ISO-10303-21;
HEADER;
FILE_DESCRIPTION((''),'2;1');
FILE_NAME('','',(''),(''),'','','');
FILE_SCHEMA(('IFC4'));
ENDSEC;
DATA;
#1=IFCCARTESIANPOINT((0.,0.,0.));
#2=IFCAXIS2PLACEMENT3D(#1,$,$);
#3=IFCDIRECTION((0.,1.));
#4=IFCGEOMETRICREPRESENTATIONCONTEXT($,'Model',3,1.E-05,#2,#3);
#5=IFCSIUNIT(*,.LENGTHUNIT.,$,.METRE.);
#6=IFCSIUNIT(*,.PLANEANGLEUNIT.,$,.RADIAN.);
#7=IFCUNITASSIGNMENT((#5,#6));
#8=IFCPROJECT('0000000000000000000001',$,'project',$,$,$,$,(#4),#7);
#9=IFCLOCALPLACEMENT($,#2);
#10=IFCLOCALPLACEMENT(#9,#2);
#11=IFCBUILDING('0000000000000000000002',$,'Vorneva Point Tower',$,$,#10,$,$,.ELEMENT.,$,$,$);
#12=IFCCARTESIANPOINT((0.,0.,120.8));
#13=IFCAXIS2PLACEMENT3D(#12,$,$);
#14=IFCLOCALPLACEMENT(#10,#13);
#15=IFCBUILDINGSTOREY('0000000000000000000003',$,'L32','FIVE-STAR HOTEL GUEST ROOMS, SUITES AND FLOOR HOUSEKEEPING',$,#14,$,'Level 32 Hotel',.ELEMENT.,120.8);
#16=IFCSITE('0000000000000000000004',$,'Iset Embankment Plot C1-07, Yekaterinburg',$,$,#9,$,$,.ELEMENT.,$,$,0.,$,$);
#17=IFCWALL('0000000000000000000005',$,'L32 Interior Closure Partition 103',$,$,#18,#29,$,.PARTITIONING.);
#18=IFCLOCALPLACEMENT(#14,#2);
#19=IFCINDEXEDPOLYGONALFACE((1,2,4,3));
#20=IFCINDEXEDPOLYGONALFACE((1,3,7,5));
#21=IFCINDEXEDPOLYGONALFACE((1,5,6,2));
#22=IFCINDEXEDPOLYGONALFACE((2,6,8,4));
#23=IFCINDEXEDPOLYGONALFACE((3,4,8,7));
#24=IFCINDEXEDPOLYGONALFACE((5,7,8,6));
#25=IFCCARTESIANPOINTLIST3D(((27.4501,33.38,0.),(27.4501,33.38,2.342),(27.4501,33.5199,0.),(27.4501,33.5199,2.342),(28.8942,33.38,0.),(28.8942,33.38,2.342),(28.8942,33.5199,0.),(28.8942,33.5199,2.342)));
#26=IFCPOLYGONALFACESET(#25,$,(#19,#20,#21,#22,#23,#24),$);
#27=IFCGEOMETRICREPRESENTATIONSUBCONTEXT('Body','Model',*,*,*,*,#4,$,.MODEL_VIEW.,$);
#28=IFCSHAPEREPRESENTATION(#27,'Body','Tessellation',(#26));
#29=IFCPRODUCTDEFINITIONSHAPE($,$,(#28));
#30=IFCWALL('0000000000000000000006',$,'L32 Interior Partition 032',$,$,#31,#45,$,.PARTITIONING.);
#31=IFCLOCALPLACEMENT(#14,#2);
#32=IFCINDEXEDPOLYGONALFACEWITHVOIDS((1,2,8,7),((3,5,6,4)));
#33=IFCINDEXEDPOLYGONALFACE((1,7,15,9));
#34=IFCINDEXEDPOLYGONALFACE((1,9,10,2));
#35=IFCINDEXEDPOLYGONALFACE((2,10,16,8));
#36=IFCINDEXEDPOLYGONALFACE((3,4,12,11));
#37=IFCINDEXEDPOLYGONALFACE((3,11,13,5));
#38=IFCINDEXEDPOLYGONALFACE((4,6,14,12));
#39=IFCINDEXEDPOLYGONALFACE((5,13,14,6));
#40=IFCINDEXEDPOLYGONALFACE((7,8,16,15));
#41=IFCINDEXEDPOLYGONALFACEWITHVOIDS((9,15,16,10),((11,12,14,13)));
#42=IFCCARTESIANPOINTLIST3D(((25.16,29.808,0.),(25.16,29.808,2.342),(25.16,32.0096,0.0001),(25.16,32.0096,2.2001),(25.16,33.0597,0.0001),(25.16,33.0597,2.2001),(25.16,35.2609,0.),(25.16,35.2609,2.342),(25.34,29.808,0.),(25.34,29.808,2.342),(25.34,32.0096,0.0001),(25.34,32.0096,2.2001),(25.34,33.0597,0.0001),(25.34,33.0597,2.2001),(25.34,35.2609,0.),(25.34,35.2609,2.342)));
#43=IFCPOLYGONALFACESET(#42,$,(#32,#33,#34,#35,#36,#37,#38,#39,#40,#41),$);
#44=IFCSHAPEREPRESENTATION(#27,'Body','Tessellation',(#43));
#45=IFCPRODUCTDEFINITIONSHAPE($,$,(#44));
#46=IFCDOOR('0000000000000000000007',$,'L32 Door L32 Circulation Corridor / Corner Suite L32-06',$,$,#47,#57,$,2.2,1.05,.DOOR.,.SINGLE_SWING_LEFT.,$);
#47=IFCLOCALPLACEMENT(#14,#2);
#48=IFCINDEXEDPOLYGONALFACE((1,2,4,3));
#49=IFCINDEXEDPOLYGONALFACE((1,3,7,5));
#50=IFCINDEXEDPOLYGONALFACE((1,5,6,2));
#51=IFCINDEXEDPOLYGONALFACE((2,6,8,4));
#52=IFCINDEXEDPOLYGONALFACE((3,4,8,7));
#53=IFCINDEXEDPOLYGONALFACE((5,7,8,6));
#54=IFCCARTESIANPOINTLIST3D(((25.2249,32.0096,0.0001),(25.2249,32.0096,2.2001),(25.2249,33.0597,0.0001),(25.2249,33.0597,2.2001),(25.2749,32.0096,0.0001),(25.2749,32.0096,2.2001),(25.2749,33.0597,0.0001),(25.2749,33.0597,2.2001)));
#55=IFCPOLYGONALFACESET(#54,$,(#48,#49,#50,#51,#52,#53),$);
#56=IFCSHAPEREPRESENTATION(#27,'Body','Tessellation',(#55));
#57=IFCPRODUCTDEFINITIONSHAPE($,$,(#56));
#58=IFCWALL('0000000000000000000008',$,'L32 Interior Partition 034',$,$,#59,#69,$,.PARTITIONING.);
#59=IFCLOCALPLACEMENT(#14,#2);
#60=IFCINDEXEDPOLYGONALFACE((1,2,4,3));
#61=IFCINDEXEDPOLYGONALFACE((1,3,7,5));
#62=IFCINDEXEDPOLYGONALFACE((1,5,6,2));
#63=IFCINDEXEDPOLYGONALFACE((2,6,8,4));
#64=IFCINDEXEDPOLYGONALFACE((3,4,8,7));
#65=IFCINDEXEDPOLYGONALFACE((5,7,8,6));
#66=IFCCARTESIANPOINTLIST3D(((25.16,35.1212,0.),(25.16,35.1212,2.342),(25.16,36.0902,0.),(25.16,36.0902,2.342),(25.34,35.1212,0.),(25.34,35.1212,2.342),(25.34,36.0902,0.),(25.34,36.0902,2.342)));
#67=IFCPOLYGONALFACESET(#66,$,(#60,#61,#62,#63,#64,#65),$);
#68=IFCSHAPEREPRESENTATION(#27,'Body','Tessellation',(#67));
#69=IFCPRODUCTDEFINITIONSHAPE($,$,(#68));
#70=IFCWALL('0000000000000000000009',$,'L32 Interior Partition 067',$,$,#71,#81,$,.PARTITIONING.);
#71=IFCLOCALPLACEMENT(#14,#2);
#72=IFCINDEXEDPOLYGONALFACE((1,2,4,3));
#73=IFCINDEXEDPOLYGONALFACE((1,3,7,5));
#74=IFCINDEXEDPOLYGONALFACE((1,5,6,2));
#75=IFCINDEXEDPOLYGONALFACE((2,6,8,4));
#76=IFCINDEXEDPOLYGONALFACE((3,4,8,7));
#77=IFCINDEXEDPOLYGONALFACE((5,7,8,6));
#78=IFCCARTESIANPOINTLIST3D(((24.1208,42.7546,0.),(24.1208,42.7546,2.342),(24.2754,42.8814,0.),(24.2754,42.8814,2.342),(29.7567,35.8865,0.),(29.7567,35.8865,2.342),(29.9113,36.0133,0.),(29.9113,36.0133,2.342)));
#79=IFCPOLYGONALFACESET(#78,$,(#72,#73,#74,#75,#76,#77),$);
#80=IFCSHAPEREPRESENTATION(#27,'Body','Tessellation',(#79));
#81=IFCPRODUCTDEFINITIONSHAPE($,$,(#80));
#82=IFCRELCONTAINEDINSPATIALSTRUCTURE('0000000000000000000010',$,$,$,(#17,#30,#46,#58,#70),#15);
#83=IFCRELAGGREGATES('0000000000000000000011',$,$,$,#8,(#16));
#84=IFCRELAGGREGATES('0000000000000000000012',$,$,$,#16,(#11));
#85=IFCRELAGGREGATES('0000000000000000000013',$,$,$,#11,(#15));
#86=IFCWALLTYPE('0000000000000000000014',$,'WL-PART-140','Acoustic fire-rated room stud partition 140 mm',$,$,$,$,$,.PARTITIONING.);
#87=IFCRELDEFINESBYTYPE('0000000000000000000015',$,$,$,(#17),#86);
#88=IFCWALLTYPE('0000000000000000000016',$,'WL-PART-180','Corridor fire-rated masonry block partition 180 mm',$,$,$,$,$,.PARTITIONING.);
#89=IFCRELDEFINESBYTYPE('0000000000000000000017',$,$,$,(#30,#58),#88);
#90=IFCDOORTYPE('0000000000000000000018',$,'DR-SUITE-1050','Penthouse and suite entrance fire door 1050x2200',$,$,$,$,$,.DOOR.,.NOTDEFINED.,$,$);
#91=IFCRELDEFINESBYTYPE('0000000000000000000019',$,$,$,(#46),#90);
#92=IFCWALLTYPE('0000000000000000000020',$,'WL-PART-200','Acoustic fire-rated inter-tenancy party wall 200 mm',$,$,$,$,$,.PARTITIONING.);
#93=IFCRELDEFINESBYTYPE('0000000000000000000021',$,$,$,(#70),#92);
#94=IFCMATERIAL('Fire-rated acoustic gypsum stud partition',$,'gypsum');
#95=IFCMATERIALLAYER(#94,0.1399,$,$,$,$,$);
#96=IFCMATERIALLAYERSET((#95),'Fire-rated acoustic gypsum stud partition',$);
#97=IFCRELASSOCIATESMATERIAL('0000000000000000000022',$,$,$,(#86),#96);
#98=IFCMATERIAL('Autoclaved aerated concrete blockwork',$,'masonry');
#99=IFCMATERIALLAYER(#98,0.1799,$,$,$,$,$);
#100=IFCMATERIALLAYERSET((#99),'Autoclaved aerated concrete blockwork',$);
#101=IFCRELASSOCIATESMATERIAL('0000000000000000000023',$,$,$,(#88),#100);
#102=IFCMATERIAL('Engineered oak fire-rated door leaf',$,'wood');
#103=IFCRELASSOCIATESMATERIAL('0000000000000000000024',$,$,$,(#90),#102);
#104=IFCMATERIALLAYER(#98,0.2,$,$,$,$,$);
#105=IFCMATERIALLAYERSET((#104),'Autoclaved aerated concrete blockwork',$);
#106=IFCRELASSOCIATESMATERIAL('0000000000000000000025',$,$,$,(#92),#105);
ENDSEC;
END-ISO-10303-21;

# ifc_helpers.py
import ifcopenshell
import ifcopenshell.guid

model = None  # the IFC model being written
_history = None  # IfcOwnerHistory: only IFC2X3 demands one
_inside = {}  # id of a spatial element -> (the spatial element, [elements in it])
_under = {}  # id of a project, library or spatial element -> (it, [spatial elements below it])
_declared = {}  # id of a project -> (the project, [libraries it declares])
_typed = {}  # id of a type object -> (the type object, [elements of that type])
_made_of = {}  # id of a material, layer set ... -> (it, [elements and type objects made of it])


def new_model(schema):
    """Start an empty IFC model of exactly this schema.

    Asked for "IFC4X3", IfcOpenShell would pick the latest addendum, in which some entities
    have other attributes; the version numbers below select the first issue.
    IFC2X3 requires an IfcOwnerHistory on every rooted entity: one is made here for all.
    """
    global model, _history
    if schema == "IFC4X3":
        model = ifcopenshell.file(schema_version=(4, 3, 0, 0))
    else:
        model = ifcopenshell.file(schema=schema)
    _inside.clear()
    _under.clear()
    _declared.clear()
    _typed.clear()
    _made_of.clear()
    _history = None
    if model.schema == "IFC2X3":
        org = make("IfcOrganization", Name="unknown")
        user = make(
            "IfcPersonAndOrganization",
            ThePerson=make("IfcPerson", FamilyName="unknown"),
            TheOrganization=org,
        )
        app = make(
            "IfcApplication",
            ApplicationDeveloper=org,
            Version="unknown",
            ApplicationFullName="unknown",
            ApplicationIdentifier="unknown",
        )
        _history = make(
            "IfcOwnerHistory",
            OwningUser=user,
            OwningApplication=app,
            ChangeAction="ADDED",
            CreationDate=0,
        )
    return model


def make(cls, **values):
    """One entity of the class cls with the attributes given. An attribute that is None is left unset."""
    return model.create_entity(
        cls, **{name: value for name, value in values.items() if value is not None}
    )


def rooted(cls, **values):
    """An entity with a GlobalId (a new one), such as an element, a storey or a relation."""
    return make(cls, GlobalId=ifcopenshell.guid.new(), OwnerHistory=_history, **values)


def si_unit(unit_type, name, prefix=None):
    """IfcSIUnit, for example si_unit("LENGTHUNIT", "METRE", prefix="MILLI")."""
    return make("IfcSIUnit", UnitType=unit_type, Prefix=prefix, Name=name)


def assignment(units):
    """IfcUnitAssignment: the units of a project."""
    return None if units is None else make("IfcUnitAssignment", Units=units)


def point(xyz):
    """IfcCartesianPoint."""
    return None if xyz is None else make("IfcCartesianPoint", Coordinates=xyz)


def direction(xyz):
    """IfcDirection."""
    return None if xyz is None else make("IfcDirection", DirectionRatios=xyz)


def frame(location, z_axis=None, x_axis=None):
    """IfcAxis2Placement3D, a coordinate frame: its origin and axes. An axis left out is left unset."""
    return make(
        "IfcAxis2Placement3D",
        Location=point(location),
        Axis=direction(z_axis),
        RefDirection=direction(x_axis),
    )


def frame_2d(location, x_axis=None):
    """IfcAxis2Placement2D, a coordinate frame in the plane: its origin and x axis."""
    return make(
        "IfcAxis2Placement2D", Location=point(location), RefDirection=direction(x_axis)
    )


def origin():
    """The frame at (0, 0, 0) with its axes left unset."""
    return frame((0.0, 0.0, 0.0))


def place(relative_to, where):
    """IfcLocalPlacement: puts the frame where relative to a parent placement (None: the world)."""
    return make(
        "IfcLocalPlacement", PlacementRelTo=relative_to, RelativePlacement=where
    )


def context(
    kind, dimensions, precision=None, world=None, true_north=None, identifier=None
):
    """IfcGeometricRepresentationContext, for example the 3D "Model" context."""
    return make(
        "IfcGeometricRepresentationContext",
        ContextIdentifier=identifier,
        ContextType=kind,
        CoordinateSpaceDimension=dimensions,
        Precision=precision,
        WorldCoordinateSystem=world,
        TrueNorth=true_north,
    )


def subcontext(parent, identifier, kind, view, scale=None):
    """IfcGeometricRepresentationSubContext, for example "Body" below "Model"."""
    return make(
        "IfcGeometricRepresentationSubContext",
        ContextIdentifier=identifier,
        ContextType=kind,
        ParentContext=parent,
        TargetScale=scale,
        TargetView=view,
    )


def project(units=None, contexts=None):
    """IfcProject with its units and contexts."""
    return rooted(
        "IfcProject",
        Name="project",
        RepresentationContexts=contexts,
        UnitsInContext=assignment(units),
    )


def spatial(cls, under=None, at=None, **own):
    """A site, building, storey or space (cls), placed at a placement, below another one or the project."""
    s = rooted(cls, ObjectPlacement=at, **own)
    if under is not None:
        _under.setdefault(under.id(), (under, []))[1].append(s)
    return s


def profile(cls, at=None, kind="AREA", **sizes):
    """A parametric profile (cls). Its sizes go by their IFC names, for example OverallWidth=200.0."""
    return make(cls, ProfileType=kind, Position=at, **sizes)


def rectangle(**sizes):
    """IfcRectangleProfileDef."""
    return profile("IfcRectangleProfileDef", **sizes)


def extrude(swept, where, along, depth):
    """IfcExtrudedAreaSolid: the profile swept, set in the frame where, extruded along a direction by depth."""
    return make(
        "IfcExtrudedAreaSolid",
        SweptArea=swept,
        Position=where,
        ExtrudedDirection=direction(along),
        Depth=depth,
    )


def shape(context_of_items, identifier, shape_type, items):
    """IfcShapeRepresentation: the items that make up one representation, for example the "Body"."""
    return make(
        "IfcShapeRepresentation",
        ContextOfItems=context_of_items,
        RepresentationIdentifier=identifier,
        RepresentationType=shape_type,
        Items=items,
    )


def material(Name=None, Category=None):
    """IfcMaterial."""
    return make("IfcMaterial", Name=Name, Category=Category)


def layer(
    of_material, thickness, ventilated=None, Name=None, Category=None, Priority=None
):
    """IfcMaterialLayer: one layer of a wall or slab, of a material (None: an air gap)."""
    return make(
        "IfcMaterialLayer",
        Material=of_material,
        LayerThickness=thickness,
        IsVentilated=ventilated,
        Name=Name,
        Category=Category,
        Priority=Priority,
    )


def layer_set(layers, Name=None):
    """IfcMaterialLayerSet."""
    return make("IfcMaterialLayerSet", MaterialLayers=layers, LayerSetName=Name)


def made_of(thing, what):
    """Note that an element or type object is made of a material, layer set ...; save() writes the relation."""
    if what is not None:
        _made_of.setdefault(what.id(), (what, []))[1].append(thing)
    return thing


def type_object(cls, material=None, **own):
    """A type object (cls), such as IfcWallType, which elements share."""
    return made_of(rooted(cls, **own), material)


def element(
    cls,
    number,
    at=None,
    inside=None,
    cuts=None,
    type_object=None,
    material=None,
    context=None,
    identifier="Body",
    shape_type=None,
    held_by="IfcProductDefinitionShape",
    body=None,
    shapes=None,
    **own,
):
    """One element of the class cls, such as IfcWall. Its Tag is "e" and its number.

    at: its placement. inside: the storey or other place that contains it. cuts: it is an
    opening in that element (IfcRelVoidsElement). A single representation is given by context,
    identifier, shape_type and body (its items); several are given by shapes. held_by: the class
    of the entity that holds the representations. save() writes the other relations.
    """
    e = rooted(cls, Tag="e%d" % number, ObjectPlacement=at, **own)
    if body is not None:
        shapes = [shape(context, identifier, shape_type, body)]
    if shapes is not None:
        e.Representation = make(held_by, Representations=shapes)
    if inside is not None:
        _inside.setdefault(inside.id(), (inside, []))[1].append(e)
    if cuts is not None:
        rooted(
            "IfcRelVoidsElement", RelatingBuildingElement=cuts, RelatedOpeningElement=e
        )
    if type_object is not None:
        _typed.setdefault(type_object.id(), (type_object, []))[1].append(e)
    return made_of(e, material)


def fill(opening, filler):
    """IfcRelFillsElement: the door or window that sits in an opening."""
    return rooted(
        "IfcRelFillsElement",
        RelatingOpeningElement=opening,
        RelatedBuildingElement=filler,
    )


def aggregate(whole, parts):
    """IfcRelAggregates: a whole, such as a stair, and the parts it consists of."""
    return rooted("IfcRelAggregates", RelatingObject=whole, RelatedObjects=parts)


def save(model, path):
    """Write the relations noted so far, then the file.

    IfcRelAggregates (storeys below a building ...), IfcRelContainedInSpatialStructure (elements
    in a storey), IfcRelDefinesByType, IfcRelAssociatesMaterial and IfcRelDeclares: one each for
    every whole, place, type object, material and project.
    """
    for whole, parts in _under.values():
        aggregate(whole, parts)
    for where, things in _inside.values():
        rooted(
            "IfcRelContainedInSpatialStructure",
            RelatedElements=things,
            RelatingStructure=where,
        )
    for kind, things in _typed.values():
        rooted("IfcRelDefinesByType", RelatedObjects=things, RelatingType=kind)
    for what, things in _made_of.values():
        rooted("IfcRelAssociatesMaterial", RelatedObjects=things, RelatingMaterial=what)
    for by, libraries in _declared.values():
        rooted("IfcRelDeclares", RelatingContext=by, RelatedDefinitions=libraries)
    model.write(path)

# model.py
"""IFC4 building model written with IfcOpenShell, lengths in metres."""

from ifc_helpers import new_model, si_unit, direction, frame, frame_2d, origin, place, context, subcontext, project, spatial, rectangle, extrude, material, layer, layer_set, type_object, element, fill, save


model = new_model("IFC4")

# Units and contexts
model_context = context("Model", 3, precision=1e-05, world=origin(), true_north=direction((0.0, 1.0)))
body_context = subcontext(model_context, "Body", "Model", "MODEL_VIEW")
ifc_project = project(units=[si_unit("LENGTHUNIT", "METRE"), si_unit("PLANEANGLEUNIT", "RADIAN")], contexts=[model_context])

# Site, building, storey
site_placement = place(None, origin())
site = spatial("IfcSite", under=ifc_project, at=site_placement, Name="Iset Embankment Plot C1-07, Yekaterinburg", CompositionType="ELEMENT", RefElevation=0.0)
building_placement = place(site_placement, origin())
building = spatial("IfcBuilding", under=site, at=building_placement, Name="Vorneva Point Tower", CompositionType="ELEMENT")
storey_placement = place(building_placement, frame((0.0, 0.0, 120.8)))
storey = spatial("IfcBuildingStorey", under=building, at=storey_placement, Name="L32", Description="FIVE-STAR HOTEL GUEST ROOMS, SUITES AND FLOOR HOUSEKEEPING", LongName="Level 32 Hotel", CompositionType="ELEMENT", Elevation=120.8)

# Shared definitions
ifc_material_1 = material(Name="Fire-rated acoustic gypsum stud partition", Category="gypsum")
ifc_material_2 = material(Name="Engineered oak fire-rated door leaf", Category="wood")

# Wall
ifc_layer_1 = layer(ifc_material_1, 0.1399)
ifc_layer_set_1 = layer_set([ifc_layer_1], Name="Fire-rated acoustic gypsum stud partition")
wall_type_1 = type_object("IfcWallType", Name="WL-PART-140", Description="Acoustic fire-rated room stud partition 140 mm", PredefinedType="PARTITIONING", material=ifc_layer_set_1)
wall_1_placement = place(storey_placement, frame((27.45, 33.45, 0.0), z_axis=(0.0, 0.0, 1.0), x_axis=(1.0, 0.0, 0.0)))
element("IfcWall", 1, at=wall_1_placement, inside=storey, type_object=wall_type_1, Name="L32 Interior Closure Partition 103", PredefinedType="PARTITIONING", context=body_context, shape_type="SweptSolid", body=[
    extrude(rectangle(XDim=1.4441, YDim=0.1399, at=frame_2d((0.7222, 0.0))), origin(), (0.0, 0.0, 1.0), 2.342),
])

# Wall, opening, door
ifc_material_3 = material(Name="Autoclaved aerated concrete blockwork", Category="masonry")
ifc_layer_2 = layer(ifc_material_3, 0.1799)
ifc_layer_set_2 = layer_set([ifc_layer_2], Name="Autoclaved aerated concrete blockwork")
wall_type_2 = type_object("IfcWallType", Name="WL-PART-180", Description="Corridor fire-rated masonry block partition 180 mm", PredefinedType="PARTITIONING", material=ifc_layer_set_2)
wall_2_placement = place(storey_placement, frame((25.25, 35.261, 0.0), z_axis=(0.0, 0.0, 1.0), x_axis=(0.0, -1.0, 0.0)))
wall_2 = element("IfcWall", 2, at=wall_2_placement, inside=storey, type_object=wall_type_2, Name="L32 Interior Partition 032", PredefinedType="PARTITIONING", context=body_context, shape_type="SweptSolid", body=[
    extrude(rectangle(XDim=5.4529, YDim=0.1799, at=frame_2d((2.7266, 0.0))), origin(), (0.0, 0.0, 1.0), 2.342),
])
opening_1_placement = place(wall_2_placement, frame((2.2014, 0.0, 0.0)))
opening_1 = element("IfcOpeningElement", 3, at=opening_1_placement, cuts=wall_2, PredefinedType="OPENING", context=body_context, shape_type="SweptSolid", body=[
    extrude(rectangle(XDim=1.05, YDim=2.2, at=frame_2d((0.5249, 1.1001))), frame((0.0, 0.105, 0.0), z_axis=(0.0, -1.0, 0.0), x_axis=(1.0, 0.0, 0.0)), (0.0, 0.0, 1.0), 0.2097),
])
door_type_1 = type_object("IfcDoorType", Name="DR-SUITE-1050", Description="Penthouse and suite entrance fire door 1050x2200", OperationType="NOTDEFINED", PredefinedType="DOOR", material=ifc_material_2)
door_1_placement = place(opening_1_placement, origin())
door_1 = element("IfcDoor", 4, at=door_1_placement, inside=storey, type_object=door_type_1, Name="L32 Door L32 Circulation Corridor / Corner Suite L32-06", OperationType="SINGLE_SWING_LEFT", OverallHeight=2.2, OverallWidth=1.05, PredefinedType="DOOR", context=body_context, shape_type="SweptSolid", body=[
    extrude(rectangle(XDim=1.05, YDim=2.2, at=frame_2d((0.5249, 1.1001))), frame((0.0, 0.0249, 0.0), z_axis=(0.0, -1.0, 0.0), x_axis=(1.0, 0.0, 0.0)), (0.0, 0.0, 1.0), 0.05),
])
fill(opening_1, door_1)

# Walls
wall_3_placement = place(storey_placement, frame((25.25, 36.0901, 0.0), z_axis=(0.0, 0.0, 1.0), x_axis=(0.0, -1.0, 0.0)))
element("IfcWall", 5, at=wall_3_placement, inside=storey, type_object=wall_type_2, Name="L32 Interior Partition 034", PredefinedType="PARTITIONING", context=body_context, shape_type="SweptSolid", body=[
    extrude(rectangle(XDim=0.969, YDim=0.1799, at=frame_2d((0.4844, 0.0))), origin(), (0.0, 0.0, 1.0), 2.342),
])
ifc_layer_3 = layer(ifc_material_3, 0.2)
ifc_layer_set_3 = layer_set([ifc_layer_3], Name="Autoclaved aerated concrete blockwork")
wall_type_3 = type_object("IfcWallType", Name="WL-PART-200", Description="Acoustic fire-rated inter-tenancy party wall 200 mm", PredefinedType="PARTITIONING", material=ifc_layer_set_3)
wall_4_placement = place(storey_placement, frame((24.198, 42.8181, 0.0), z_axis=(0.0, 0.0, 1.0), x_axis=(0.634355, -0.773042, 0.0)))
element("IfcWall", 6, at=wall_4_placement, inside=storey, type_object=wall_type_3, Name="L32 Interior Partition 067", PredefinedType="PARTITIONING", context=body_context, shape_type="SweptSolid", body=[
    extrude(rectangle(XDim=8.8845, YDim=0.2, at=frame_2d((4.4424, 0.0))), origin(), (0.0, 0.0, 1.0), 2.342),
])

save(model, "model.ifc")
